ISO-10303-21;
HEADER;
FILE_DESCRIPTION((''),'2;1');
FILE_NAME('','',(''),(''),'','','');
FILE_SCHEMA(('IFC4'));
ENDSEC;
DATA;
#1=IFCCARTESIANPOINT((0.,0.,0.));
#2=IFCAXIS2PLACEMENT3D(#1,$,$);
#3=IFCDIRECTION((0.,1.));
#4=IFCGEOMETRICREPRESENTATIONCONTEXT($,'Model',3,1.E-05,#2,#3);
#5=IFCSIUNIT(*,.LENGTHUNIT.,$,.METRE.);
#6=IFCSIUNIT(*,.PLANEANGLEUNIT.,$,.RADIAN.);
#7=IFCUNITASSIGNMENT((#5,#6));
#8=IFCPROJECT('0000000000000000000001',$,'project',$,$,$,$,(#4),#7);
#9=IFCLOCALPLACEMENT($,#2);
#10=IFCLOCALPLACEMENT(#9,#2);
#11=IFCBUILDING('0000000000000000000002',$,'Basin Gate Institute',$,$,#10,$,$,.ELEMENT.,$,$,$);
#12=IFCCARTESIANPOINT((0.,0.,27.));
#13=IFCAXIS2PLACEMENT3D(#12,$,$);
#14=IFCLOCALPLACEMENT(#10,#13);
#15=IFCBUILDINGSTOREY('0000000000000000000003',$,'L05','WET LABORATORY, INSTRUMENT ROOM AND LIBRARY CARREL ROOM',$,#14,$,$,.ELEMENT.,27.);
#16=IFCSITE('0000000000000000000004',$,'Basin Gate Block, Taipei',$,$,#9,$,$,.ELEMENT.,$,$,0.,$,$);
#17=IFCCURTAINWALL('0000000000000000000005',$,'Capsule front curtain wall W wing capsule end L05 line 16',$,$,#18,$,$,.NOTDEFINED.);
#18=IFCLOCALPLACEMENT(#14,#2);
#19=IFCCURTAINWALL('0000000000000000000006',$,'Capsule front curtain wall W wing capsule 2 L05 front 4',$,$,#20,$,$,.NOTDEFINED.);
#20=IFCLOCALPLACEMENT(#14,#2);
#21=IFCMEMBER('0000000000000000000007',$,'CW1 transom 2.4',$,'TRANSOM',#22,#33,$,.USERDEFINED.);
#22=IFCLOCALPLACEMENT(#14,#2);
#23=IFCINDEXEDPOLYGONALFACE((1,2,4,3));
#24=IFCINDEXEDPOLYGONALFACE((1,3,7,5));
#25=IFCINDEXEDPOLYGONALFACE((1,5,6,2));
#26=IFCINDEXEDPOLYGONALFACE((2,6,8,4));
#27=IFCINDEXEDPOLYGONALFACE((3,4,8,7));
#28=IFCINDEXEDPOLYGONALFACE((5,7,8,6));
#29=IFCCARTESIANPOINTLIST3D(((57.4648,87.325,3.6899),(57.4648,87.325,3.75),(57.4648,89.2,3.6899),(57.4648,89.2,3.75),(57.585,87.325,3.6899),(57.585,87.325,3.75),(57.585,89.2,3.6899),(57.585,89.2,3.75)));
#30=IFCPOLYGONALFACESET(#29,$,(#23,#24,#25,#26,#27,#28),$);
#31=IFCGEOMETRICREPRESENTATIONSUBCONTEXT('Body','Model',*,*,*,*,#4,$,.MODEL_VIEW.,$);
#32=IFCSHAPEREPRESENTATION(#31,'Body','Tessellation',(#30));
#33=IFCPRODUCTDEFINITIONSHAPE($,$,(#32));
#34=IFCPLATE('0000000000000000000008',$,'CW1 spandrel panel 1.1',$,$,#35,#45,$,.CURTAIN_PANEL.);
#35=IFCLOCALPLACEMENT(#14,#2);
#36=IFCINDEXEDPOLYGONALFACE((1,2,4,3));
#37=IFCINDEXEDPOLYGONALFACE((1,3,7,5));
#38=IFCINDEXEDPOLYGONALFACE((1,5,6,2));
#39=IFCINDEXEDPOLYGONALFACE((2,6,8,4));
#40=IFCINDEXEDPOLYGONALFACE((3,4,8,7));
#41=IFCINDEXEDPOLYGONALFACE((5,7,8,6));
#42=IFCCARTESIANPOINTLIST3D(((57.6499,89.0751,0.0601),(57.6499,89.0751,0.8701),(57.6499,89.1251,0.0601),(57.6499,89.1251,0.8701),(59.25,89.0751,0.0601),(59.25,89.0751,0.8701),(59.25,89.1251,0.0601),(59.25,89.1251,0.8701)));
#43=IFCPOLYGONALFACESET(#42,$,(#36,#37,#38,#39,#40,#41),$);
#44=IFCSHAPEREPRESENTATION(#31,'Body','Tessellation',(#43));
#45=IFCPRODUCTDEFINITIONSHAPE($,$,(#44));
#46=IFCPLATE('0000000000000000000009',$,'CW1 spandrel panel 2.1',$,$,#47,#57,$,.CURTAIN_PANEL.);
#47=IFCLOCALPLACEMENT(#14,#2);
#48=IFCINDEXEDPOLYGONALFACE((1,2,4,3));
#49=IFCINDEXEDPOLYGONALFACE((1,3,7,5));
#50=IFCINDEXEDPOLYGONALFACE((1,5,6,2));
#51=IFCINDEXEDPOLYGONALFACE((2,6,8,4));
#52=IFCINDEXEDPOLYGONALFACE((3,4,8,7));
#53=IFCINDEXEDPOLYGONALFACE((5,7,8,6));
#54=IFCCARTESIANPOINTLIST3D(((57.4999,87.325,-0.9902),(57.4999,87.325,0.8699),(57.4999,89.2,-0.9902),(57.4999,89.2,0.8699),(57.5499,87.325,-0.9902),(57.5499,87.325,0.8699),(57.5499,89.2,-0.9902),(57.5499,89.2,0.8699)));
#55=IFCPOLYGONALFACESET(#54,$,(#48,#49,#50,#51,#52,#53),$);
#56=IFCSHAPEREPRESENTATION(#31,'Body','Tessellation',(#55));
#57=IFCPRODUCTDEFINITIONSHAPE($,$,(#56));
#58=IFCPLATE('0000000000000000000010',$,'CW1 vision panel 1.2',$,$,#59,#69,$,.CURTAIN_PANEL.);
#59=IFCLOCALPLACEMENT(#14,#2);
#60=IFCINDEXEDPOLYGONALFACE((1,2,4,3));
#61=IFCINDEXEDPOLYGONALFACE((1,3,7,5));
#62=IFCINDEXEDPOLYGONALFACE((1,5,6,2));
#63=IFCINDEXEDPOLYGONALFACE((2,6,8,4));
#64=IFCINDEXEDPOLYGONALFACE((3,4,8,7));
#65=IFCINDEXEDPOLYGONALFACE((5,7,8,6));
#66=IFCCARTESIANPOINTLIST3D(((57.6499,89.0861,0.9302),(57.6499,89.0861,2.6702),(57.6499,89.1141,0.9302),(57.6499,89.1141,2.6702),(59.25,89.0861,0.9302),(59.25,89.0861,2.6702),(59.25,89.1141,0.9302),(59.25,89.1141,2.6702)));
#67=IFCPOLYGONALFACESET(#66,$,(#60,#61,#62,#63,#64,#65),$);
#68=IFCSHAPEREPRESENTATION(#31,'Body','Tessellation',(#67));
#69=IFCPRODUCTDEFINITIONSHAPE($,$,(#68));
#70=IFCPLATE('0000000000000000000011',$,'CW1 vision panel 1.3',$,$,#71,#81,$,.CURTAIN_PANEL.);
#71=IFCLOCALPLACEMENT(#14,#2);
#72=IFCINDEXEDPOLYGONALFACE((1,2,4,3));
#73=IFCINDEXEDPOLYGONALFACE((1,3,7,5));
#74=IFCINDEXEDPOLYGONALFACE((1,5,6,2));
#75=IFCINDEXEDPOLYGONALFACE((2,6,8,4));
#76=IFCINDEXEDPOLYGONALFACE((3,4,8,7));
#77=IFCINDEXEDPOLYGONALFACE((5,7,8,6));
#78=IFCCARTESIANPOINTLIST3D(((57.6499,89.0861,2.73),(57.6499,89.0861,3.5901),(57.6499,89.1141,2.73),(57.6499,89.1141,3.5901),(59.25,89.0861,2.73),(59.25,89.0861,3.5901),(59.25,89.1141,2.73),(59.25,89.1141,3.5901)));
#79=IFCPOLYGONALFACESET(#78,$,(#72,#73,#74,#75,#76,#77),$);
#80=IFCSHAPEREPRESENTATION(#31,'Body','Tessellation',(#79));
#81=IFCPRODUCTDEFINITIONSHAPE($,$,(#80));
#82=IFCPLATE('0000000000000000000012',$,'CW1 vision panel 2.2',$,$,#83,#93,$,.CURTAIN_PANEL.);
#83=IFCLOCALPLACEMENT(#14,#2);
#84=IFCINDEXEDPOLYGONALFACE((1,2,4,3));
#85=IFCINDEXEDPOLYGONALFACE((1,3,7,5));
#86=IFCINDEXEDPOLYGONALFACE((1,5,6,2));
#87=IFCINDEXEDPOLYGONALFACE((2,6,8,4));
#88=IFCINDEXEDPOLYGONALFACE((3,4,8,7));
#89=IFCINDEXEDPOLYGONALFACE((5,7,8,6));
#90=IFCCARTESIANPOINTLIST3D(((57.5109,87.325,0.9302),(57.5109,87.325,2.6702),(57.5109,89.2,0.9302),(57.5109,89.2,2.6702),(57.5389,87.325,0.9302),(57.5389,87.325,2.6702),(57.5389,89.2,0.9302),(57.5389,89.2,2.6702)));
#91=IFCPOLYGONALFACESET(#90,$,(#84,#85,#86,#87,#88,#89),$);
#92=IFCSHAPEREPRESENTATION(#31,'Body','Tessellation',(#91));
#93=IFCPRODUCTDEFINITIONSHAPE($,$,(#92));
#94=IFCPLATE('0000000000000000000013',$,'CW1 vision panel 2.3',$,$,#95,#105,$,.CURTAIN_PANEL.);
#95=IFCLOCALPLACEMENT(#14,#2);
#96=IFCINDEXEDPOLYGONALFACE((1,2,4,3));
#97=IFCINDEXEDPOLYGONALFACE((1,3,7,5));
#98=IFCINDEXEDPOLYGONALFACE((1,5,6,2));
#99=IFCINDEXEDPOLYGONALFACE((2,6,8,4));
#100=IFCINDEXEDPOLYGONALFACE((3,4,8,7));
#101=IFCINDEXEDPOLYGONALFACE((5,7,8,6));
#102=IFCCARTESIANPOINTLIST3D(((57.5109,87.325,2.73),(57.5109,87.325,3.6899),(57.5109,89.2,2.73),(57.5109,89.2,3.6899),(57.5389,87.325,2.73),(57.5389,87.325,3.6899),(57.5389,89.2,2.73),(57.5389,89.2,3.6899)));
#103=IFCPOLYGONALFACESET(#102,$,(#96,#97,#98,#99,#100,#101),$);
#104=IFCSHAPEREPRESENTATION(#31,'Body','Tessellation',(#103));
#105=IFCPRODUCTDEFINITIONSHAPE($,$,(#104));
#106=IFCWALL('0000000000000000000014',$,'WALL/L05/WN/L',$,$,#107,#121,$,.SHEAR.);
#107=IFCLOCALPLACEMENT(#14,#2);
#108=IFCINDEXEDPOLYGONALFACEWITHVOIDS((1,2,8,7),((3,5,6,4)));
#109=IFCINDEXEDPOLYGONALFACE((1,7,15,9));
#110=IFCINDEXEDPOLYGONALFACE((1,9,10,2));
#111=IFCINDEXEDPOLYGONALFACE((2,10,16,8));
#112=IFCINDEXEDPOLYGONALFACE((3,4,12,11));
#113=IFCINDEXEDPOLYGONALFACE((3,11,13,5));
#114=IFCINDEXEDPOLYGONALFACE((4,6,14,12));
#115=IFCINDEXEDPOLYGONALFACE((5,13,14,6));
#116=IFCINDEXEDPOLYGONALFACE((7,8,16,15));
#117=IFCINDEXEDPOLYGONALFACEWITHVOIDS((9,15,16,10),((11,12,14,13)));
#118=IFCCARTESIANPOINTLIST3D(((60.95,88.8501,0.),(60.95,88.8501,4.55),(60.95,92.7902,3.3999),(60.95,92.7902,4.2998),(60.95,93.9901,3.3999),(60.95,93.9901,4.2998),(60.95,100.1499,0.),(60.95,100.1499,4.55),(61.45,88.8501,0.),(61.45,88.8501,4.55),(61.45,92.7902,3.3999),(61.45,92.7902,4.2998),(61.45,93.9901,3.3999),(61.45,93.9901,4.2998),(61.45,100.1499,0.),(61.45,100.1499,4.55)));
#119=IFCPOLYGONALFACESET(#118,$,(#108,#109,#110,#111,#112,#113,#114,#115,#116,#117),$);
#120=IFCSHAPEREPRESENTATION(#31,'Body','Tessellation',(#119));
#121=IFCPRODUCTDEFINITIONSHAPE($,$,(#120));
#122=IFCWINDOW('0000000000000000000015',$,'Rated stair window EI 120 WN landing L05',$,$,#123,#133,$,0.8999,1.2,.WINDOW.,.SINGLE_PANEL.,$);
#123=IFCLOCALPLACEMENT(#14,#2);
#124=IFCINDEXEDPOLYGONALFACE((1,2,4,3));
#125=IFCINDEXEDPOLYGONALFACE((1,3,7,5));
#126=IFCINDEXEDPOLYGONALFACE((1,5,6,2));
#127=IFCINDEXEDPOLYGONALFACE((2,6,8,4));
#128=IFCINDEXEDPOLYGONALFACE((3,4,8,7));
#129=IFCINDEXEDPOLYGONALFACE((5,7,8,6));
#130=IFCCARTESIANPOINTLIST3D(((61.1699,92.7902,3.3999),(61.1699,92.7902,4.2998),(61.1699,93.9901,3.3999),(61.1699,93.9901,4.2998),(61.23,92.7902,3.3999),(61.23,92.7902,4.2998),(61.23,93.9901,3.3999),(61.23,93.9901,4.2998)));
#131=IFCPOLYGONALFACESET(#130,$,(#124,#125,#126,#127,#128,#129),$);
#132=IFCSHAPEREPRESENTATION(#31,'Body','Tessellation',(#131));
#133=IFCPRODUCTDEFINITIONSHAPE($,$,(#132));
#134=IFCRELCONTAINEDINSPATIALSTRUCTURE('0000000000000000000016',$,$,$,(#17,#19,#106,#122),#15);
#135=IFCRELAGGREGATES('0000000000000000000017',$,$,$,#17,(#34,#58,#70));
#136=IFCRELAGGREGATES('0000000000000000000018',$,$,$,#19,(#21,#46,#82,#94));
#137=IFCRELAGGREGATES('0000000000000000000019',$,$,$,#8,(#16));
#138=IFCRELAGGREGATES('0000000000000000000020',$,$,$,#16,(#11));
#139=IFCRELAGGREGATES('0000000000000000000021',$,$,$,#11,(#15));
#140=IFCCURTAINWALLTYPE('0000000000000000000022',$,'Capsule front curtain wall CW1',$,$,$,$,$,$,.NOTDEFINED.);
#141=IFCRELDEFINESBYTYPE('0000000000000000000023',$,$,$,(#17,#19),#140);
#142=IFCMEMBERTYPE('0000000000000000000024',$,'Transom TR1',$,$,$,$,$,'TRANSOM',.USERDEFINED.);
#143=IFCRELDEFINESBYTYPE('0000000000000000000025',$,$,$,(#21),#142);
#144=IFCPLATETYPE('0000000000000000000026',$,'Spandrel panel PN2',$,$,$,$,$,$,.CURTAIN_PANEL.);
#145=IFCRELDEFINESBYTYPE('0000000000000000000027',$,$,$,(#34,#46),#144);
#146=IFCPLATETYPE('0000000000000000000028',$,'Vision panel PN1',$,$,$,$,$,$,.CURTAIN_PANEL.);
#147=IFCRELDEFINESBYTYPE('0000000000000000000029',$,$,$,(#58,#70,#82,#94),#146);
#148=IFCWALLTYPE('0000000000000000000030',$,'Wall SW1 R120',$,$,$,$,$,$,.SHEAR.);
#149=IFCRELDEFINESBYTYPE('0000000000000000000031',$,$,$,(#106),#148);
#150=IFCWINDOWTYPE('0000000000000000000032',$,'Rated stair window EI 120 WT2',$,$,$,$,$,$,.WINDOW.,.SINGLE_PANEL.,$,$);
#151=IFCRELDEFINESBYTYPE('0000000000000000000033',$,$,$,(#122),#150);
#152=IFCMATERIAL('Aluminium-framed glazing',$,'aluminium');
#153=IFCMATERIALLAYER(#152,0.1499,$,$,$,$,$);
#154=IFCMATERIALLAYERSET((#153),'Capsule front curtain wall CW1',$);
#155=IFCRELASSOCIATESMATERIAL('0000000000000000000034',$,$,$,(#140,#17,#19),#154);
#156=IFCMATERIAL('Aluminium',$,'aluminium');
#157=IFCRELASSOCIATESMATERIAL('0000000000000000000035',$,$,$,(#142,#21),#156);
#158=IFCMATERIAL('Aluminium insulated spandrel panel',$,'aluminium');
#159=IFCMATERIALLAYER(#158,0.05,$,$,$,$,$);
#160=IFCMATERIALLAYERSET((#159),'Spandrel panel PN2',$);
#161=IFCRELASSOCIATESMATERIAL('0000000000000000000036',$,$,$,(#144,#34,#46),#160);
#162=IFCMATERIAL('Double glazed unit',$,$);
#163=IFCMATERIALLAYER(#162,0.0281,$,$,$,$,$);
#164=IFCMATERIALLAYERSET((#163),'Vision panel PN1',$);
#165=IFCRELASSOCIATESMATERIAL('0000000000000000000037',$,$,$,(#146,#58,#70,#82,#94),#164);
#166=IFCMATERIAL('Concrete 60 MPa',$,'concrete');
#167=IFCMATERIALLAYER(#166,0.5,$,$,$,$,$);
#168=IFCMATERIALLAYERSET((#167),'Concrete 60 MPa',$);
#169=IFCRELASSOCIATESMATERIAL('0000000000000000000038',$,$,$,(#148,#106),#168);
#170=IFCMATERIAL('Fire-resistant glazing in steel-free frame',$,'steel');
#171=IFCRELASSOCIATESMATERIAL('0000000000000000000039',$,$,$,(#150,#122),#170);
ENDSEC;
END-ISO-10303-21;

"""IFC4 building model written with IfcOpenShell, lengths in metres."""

from ifc_helpers import new_model, si_unit, direction, frame, frame_2d, origin, origin_2d, place, context, subcontext, project, spatial, rectangle, extrude, material, layer, layer_set, material_profile, profile_set, type_object, element, fill, aggregate, save


model = new_model("IFC4")

# Units and contexts
model_context = context("Model", 3, precision=1e-05, world=origin(), true_north=direction((0.0, 1.0)))
body_context = subcontext(model_context, "Body", "Model", "MODEL_VIEW")
ifc_project = project(units=[si_unit("LENGTHUNIT", "METRE"), si_unit("PLANEANGLEUNIT", "RADIAN")], contexts=[model_context])

# Site, building, storey
site_placement = place(None, origin())
site = spatial("IfcSite", under=ifc_project, at=site_placement, Name="Basin Gate Block, Taipei", CompositionType="ELEMENT", RefElevation=0.0)
building_placement = place(site_placement, origin())
building = spatial("IfcBuilding", under=site, at=building_placement, Name="Basin Gate Institute", CompositionType="ELEMENT")
storey_placement = place(building_placement, frame((0.0, 0.0, 27.0)))
storey = spatial("IfcBuildingStorey", under=building, at=storey_placement, Name="L05", Description="WET LABORATORY, INSTRUMENT ROOM AND LIBRARY CARREL ROOM", CompositionType="ELEMENT", Elevation=27.0)

# Curtain walls, member
ifc_material_1 = material(Name="Aluminium-framed glazing", Category="aluminium")
ifc_layer_1 = layer(ifc_material_1, 0.1499)
ifc_layer_set_1 = layer_set([ifc_layer_1], Name="Capsule front curtain wall CW1")
curtain_wall_type = type_object("IfcCurtainWallType", Name="Capsule front curtain wall CW1", PredefinedType="NOTDEFINED", material=ifc_layer_set_1)
curtain_wall_1_placement = place(storey_placement, origin())
curtain_wall_1 = element("IfcCurtainWall", 1, at=curtain_wall_1_placement, inside=storey, type_object=curtain_wall_type, material=ifc_layer_set_1, Name="Capsule front curtain wall W wing capsule end L05 line 16", PredefinedType="NOTDEFINED")
ifc_material_2 = material(Name="Aluminium", Category="aluminium")
ifc_material_profile_1 = material_profile(ifc_material_2, rectangle(XDim=0.1201, YDim=0.0601, at=origin_2d()), Name="Transom TR1 120 x 60")
ifc_profile_set_1 = profile_set([ifc_material_profile_1], Name="Aluminium")
member_type_1 = type_object("IfcMemberType", Name="Transom TR1", ElementType="TRANSOM", PredefinedType="USERDEFINED", material=ifc_profile_set_1)
curtain_wall_2_placement = place(storey_placement, origin())
curtain_wall_2 = element("IfcCurtainWall", 2, at=curtain_wall_2_placement, inside=storey, type_object=curtain_wall_type, material=ifc_layer_set_1, Name="Capsule front curtain wall W wing capsule 2 L05 front 4", PredefinedType="NOTDEFINED")
member_1_placement = place(storey_placement, frame((57.5249, 87.325, 3.72), z_axis=(0.0, 1.0, 0.0), x_axis=(-1.0, 0.0, 0.0)))
member_1 = element("IfcMember", 3, at=member_1_placement, type_object=member_type_1, material=ifc_profile_set_1, Name="CW1 transom 2.4", ObjectType="TRANSOM", PredefinedType="USERDEFINED", context=body_context, shape_type="SweptSolid", body=[
    extrude(rectangle(XDim=0.1201, YDim=0.0601, at=origin_2d()), origin(), (0.0, 0.0, 1.0), 1.875),
])

# Plates
ifc_material_3 = material(Name="Aluminium insulated spandrel panel", Category="aluminium")
ifc_layer_2 = layer(ifc_material_3, 0.05)
ifc_layer_set_2 = layer_set([ifc_layer_2], Name="Spandrel panel PN2")
plate_type_1 = type_object("IfcPlateType", Name="Spandrel panel PN2", PredefinedType="CURTAIN_PANEL", material=ifc_layer_set_2)
plate_1_placement = place(storey_placement, frame((58.45, 89.1001, 0.0601), z_axis=(0.0, 0.0, 1.0), x_axis=(1.0, 0.0, 0.0)))
plate_1 = element("IfcPlate", 4, at=plate_1_placement, type_object=plate_type_1, material=ifc_layer_set_2, Name="CW1 spandrel panel 1.1", PredefinedType="CURTAIN_PANEL", context=body_context, shape_type="SweptSolid", body=[
    extrude(rectangle(XDim=1.6001, YDim=0.05, at=origin_2d()), origin(), (0.0, 0.0, 1.0), 0.8101),
])
plate_2_placement = place(storey_placement, frame((57.5249, 88.2625, -0.9902), z_axis=(0.0, 0.0, 1.0), x_axis=(0.0, 1.0, 0.0)))
plate_2 = element("IfcPlate", 5, at=plate_2_placement, type_object=plate_type_1, material=ifc_layer_set_2, Name="CW1 spandrel panel 2.1", PredefinedType="CURTAIN_PANEL", context=body_context, shape_type="SweptSolid", body=[
    extrude(rectangle(XDim=1.875, YDim=0.05, at=origin_2d()), origin(), (0.0, 0.0, 1.0), 1.8601),
])
ifc_material_4 = material(Name="Double glazed unit")
ifc_layer_3 = layer(ifc_material_4, 0.0281)
ifc_layer_set_3 = layer_set([ifc_layer_3], Name="Vision panel PN1")
plate_type_2 = type_object("IfcPlateType", Name="Vision panel PN1", PredefinedType="CURTAIN_PANEL", material=ifc_layer_set_3)
plate_3_placement = place(storey_placement, frame((58.45, 89.1001, 0.9302), z_axis=(0.0, 0.0, 1.0), x_axis=(1.0, 0.0, 0.0)))
plate_3 = element("IfcPlate", 6, at=plate_3_placement, type_object=plate_type_2, material=ifc_layer_set_3, Name="CW1 vision panel 1.2", PredefinedType="CURTAIN_PANEL", context=body_context, shape_type="SweptSolid", body=[
    extrude(rectangle(XDim=1.6001, YDim=0.0281, at=origin_2d()), origin(), (0.0, 0.0, 1.0), 1.74),
])
plate_4_placement = place(storey_placement, frame((58.45, 89.1001, 2.73), z_axis=(0.0, 0.0, 1.0), x_axis=(1.0, 0.0, 0.0)))
plate_4 = element("IfcPlate", 7, at=plate_4_placement, type_object=plate_type_2, material=ifc_layer_set_3, Name="CW1 vision panel 1.3", PredefinedType="CURTAIN_PANEL", context=body_context, shape_type="SweptSolid", body=[
    extrude(rectangle(XDim=1.6001, YDim=0.0281, at=origin_2d()), origin(), (0.0, 0.0, 1.0), 0.8601),
])
aggregate(curtain_wall_1, [plate_1, plate_3, plate_4])
plate_5_placement = place(storey_placement, frame((57.5249, 88.2625, 0.9302), z_axis=(0.0, 0.0, 1.0), x_axis=(0.0, 1.0, 0.0)))
plate_5 = element("IfcPlate", 8, at=plate_5_placement, type_object=plate_type_2, material=ifc_layer_set_3, Name="CW1 vision panel 2.2", PredefinedType="CURTAIN_PANEL", context=body_context, shape_type="SweptSolid", body=[
    extrude(rectangle(XDim=1.875, YDim=0.0281, at=origin_2d()), origin(), (0.0, 0.0, 1.0), 1.74),
])
plate_6_placement = place(storey_placement, frame((57.5249, 88.2625, 2.73), z_axis=(0.0, 0.0, 1.0), x_axis=(0.0, 1.0, 0.0)))
plate_6 = element("IfcPlate", 9, at=plate_6_placement, type_object=plate_type_2, material=ifc_layer_set_3, Name="CW1 vision panel 2.3", PredefinedType="CURTAIN_PANEL", context=body_context, shape_type="SweptSolid", body=[
    extrude(rectangle(XDim=1.875, YDim=0.0281, at=origin_2d()), origin(), (0.0, 0.0, 1.0), 0.96),
])
aggregate(curtain_wall_2, [member_1, plate_2, plate_5, plate_6])

# Wall, opening, window
ifc_material_5 = material(Name="Concrete 60 MPa", Category="concrete")
ifc_layer_4 = layer(ifc_material_5, 0.5)
ifc_layer_set_4 = layer_set([ifc_layer_4], Name="Concrete 60 MPa")
wall_type = type_object("IfcWallType", Name="Wall SW1 R120", PredefinedType="SHEAR", material=ifc_layer_set_4)
wall_placement = place(storey_placement, frame((61.2, 88.8501, 0.0), z_axis=(0.0, 0.0, 1.0), x_axis=(0.0, 1.0, 0.0)))
wall = element("IfcWall", 10, at=wall_placement, inside=storey, type_object=wall_type, material=ifc_layer_set_4, Name="WALL/L05/WN/L", PredefinedType="SHEAR", context=body_context, shape_type="SweptSolid", body=[
    extrude(rectangle(XDim=11.2998, YDim=0.5, at=frame_2d((5.6499, 0.0))), origin(), (0.0, 0.0, 1.0), 4.55),
])
opening_placement = place(wall_placement, frame((3.9399, 0.0, 3.3999)))
opening = element("IfcOpeningElement", 11, at=opening_placement, cuts=wall, PredefinedType="OPENING", context=body_context, shape_type="SweptSolid", body=[
    extrude(rectangle(XDim=1.2, YDim=0.8999, at=frame_2d((0.6001, 0.45))), frame((0.0, 0.26, 0.0), z_axis=(0.0, -1.0, 0.0), x_axis=(1.0, 0.0, 0.0)), (0.0, 0.0, 1.0), 0.52),
])
ifc_material_6 = material(Name="Fire-resistant glazing in steel-free frame", Category="steel")
window_type = type_object("IfcWindowType", Name="Rated stair window EI 120 WT2", PartitioningType="SINGLE_PANEL", PredefinedType="WINDOW", material=ifc_material_6)
window_placement = place(opening_placement, origin())
window = element("IfcWindow", 12, at=window_placement, inside=storey, type_object=window_type, material=ifc_material_6, Name="Rated stair window EI 120 WN landing L05", OverallHeight=0.8999, OverallWidth=1.2, PartitioningType="SINGLE_PANEL", PredefinedType="WINDOW", context=body_context, shape_type="SweptSolid", body=[
    extrude(rectangle(XDim=1.2, YDim=0.8999, at=frame_2d((0.6001, 0.45))), frame((0.0, 0.03, 0.0), z_axis=(0.0, -1.0, 0.0), x_axis=(1.0, 0.0, 0.0)), (0.0, 0.0, 1.0), 0.0601),
])
fill(opening, window)

save(model, "model.ifc")
